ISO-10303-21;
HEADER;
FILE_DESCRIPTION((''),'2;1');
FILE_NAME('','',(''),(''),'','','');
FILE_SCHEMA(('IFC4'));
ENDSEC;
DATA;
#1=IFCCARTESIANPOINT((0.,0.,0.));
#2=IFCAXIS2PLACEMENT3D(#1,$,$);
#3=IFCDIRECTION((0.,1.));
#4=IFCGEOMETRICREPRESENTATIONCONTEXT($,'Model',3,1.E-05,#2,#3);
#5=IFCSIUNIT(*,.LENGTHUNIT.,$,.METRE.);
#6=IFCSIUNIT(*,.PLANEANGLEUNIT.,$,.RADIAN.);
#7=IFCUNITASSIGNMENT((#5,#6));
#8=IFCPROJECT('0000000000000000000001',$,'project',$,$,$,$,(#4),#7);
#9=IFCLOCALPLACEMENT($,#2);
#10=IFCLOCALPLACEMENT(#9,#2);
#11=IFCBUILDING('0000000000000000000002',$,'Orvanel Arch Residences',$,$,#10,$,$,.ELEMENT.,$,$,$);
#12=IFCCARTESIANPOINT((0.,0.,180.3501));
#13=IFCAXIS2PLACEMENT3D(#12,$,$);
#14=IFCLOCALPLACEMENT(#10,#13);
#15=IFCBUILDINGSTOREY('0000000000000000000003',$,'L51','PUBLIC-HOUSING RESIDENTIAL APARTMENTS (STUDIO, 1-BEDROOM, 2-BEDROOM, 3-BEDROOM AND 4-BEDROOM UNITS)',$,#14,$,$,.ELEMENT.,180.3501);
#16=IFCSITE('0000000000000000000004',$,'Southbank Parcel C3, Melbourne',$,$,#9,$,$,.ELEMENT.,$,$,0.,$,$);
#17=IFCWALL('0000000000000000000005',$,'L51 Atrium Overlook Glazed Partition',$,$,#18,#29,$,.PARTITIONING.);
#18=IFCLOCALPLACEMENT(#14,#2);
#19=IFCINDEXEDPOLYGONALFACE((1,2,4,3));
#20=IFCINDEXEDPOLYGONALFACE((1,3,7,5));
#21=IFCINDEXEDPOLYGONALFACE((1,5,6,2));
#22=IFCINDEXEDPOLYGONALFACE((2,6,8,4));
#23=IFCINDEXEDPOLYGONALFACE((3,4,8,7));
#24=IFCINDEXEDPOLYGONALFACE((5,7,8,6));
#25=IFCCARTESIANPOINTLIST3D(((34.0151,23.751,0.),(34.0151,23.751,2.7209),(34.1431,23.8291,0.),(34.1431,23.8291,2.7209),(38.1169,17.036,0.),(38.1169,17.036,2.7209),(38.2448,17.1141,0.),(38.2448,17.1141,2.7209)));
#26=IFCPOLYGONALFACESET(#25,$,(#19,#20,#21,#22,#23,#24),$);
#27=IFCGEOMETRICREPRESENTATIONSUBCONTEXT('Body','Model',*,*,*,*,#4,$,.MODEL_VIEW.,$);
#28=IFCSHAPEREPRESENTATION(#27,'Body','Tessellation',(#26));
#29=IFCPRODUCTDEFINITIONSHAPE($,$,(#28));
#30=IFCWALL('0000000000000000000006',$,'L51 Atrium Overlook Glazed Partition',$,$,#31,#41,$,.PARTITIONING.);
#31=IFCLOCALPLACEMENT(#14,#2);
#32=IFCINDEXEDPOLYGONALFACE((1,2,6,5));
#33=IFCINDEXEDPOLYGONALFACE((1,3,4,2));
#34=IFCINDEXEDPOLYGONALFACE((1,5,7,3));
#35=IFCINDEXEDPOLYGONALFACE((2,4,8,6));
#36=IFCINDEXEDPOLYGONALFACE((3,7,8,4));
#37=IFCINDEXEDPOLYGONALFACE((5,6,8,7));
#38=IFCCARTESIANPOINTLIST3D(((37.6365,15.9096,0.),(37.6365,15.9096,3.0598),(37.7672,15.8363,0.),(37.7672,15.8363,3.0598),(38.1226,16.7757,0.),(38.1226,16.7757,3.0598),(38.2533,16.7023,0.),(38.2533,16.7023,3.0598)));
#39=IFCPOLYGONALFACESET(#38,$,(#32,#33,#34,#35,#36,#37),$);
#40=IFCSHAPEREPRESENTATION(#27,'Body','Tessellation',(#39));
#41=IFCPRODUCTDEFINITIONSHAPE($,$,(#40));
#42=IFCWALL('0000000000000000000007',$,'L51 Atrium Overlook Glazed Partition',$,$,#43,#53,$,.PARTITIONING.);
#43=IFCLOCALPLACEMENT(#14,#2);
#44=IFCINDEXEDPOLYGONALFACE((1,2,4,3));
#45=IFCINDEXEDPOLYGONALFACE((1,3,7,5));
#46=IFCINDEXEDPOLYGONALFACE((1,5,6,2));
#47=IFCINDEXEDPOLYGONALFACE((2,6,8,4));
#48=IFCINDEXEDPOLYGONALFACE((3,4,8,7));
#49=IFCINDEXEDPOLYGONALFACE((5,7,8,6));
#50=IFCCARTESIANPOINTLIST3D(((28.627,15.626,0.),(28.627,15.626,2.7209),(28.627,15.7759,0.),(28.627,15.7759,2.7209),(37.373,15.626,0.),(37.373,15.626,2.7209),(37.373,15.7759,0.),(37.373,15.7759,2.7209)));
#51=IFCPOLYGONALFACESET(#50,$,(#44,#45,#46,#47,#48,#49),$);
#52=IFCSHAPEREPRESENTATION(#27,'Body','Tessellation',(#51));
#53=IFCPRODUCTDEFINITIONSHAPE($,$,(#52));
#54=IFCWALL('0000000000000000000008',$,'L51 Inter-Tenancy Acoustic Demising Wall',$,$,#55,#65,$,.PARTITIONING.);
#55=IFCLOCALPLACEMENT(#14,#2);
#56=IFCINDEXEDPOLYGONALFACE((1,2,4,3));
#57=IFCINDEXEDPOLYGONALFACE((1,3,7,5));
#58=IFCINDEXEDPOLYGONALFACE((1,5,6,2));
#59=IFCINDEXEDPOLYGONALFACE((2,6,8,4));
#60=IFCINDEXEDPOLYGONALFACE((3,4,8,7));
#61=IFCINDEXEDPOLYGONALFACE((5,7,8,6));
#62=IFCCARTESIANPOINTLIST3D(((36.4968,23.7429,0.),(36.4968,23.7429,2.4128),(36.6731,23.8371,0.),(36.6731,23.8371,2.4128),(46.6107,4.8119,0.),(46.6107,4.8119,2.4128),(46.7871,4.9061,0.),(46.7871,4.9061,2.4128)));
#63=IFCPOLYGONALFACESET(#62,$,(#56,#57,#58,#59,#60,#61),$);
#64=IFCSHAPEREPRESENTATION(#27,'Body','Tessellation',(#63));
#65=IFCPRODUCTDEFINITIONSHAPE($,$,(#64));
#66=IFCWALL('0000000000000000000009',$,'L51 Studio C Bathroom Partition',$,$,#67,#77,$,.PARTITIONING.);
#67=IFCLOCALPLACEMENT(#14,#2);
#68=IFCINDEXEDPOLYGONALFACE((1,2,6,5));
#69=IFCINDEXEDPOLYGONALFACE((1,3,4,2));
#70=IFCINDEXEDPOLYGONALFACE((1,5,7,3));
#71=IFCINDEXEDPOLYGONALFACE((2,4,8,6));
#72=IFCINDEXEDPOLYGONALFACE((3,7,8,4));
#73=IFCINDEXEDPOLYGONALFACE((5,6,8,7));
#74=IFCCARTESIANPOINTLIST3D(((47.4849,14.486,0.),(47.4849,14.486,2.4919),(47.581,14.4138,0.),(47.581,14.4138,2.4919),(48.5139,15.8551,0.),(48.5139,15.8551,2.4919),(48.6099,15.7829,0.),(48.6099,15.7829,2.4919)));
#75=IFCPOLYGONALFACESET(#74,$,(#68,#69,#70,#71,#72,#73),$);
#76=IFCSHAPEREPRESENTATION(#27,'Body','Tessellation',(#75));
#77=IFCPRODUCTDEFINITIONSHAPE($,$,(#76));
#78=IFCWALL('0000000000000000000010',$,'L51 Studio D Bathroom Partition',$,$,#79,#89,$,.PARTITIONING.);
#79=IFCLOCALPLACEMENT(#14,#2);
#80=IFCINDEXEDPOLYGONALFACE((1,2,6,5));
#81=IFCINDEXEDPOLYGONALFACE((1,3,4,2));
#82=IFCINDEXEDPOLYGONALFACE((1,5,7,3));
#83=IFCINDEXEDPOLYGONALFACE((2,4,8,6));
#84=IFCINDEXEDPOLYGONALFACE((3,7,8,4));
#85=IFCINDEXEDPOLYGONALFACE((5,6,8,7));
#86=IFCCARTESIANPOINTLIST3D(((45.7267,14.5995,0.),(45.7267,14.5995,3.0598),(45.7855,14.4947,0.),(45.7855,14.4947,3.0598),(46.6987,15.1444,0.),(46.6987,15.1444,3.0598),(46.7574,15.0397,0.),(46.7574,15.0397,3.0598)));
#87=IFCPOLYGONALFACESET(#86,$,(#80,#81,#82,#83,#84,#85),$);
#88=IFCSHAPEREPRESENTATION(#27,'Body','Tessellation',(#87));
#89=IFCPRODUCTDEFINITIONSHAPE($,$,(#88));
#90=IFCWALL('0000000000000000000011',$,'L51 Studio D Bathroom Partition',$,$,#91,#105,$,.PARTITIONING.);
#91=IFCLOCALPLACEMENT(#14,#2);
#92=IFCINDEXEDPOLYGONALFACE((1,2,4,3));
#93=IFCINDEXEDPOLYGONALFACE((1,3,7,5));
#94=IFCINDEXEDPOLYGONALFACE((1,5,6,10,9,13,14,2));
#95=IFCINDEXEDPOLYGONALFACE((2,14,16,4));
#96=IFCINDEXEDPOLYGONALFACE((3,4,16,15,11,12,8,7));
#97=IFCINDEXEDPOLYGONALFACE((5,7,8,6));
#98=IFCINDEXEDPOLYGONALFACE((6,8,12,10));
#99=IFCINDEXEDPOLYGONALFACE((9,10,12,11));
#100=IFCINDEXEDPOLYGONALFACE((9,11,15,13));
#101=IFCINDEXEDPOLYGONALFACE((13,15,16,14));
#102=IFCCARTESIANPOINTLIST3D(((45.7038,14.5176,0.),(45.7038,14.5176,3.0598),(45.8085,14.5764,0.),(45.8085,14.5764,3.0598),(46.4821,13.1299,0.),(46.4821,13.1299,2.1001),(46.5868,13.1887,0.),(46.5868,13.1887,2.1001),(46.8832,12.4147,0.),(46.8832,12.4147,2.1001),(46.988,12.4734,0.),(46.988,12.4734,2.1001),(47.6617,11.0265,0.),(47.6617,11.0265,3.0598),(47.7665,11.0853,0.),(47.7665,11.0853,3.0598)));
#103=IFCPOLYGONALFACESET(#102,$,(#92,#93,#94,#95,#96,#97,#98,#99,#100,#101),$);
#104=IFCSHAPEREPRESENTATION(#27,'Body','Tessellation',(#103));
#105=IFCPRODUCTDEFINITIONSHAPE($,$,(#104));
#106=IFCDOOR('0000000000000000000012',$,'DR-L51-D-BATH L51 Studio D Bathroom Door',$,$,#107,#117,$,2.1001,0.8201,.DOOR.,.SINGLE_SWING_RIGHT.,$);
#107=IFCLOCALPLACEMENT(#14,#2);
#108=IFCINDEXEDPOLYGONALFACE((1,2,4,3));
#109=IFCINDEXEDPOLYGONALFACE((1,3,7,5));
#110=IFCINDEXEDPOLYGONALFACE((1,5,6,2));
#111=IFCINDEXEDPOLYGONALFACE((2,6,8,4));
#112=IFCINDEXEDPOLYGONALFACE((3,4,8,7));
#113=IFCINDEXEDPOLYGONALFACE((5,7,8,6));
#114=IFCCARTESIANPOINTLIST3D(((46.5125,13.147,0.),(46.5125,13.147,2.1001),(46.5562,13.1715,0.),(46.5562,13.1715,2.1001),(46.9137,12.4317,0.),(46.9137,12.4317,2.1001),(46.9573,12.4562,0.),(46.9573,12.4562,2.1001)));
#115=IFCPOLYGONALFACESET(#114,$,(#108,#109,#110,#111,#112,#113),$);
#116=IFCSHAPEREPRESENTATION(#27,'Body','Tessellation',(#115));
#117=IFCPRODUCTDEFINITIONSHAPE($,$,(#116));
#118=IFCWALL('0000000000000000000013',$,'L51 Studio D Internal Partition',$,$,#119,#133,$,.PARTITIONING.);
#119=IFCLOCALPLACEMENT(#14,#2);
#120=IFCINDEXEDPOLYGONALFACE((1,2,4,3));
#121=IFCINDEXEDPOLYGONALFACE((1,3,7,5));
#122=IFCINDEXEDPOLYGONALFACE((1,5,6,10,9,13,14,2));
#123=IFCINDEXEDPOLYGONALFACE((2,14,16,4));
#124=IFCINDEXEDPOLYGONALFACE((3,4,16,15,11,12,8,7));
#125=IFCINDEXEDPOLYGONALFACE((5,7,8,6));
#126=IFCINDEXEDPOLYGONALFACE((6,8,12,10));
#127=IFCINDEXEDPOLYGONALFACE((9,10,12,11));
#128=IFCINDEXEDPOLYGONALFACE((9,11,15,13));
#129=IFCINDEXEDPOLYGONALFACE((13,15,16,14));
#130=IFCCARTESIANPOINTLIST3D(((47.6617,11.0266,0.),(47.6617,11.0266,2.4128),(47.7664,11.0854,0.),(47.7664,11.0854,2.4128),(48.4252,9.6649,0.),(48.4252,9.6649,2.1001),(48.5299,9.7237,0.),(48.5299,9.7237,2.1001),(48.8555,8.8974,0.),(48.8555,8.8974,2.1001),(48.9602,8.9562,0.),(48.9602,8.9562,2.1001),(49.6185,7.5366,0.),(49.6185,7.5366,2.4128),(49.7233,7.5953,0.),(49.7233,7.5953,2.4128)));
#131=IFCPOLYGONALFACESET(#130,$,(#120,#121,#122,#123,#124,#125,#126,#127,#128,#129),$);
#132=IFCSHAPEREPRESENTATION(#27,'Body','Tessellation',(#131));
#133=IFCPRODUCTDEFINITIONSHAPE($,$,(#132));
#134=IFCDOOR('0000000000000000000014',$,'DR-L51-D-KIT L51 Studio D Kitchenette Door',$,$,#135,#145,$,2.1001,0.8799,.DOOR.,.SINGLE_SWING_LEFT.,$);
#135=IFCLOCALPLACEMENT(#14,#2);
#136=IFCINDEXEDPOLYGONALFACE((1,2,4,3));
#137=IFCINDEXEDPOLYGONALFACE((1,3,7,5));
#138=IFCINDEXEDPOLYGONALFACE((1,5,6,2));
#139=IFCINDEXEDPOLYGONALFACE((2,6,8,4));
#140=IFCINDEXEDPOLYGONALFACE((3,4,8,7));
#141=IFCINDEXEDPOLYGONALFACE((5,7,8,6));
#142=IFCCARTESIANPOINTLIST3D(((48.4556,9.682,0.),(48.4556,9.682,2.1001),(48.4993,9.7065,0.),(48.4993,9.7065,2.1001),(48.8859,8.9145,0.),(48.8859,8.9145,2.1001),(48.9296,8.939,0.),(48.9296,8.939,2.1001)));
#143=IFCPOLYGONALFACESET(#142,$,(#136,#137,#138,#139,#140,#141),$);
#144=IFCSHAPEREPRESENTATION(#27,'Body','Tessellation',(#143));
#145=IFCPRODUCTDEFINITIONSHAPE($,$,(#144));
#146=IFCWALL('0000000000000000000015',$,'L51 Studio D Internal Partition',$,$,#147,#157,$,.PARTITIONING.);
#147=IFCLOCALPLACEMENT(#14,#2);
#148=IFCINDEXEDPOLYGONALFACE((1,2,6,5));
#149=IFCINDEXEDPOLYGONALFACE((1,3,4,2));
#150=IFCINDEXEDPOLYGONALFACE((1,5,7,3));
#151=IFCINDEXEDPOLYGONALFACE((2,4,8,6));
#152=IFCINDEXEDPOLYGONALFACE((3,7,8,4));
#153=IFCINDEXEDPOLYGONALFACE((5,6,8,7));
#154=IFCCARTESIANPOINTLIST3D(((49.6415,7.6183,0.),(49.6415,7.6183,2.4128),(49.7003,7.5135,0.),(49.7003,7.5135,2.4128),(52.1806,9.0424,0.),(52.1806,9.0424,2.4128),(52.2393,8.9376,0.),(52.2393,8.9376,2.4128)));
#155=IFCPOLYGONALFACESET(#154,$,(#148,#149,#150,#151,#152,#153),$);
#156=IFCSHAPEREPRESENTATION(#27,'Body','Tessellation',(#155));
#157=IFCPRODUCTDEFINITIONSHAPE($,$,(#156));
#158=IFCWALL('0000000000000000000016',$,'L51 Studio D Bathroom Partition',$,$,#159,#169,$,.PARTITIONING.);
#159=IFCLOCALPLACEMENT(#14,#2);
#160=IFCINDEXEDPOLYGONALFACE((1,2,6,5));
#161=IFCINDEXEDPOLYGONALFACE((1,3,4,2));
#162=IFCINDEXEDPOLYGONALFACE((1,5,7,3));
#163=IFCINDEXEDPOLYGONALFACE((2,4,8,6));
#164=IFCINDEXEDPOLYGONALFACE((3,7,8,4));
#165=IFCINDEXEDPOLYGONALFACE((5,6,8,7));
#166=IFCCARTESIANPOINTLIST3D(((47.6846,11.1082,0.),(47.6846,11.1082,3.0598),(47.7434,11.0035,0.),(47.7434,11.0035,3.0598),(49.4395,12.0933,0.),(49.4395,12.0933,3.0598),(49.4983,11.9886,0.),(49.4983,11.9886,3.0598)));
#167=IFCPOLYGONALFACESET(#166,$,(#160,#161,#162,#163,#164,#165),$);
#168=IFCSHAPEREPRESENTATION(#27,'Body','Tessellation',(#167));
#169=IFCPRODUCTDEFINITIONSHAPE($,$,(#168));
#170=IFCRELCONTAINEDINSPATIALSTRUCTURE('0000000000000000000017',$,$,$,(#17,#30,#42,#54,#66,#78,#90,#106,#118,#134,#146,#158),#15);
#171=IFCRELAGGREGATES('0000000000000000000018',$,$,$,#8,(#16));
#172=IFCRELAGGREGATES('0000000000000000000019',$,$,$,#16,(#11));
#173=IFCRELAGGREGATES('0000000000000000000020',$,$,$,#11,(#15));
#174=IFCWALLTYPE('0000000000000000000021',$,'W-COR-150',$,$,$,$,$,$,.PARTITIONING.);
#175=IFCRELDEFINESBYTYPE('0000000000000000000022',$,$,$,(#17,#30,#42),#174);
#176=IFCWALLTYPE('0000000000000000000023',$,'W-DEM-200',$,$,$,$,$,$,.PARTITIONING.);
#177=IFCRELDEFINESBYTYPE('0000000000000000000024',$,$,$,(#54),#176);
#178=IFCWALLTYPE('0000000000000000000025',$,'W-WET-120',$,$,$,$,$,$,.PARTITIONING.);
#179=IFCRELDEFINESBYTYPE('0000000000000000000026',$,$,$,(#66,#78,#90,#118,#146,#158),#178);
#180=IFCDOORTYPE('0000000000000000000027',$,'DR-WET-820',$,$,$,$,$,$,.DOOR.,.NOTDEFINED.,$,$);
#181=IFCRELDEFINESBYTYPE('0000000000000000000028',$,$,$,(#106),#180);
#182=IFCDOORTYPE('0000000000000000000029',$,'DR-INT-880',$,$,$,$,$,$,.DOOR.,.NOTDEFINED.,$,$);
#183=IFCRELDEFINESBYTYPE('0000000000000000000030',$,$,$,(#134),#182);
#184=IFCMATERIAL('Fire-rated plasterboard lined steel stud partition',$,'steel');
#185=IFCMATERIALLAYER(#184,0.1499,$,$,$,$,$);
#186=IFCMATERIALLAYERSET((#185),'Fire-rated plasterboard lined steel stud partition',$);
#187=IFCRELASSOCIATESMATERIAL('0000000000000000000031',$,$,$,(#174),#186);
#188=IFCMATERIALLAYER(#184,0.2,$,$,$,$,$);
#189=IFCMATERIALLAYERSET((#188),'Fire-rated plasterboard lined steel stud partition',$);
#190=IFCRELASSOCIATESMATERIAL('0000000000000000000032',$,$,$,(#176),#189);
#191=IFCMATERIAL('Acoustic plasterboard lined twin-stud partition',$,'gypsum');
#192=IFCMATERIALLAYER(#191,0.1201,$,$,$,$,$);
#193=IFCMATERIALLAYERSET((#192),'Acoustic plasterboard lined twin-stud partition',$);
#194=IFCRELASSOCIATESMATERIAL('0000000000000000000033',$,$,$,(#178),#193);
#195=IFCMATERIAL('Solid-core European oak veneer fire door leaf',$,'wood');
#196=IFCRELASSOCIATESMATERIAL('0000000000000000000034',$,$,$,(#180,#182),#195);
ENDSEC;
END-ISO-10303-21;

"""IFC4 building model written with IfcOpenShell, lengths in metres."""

from ifc_helpers import new_model, si_unit, direction, frame, frame_2d, origin, place, context, subcontext, project, spatial, rectangle, extrude, material, layer, layer_set, type_object, element, fill, save


model = new_model("IFC4")

# Units and contexts
model_context = context("Model", 3, precision=1e-05, world=origin(), true_north=direction((0.0, 1.0)))
body_context = subcontext(model_context, "Body", "Model", "MODEL_VIEW")
ifc_project = project(units=[si_unit("LENGTHUNIT", "METRE"), si_unit("PLANEANGLEUNIT", "RADIAN")], contexts=[model_context])

# Site, building, storey
site_placement = place(None, origin())
site = spatial("IfcSite", under=ifc_project, at=site_placement, Name="Southbank Parcel C3, Melbourne", CompositionType="ELEMENT", RefElevation=0.0)
building_placement = place(site_placement, origin())
building = spatial("IfcBuilding", under=site, at=building_placement, Name="Orvanel Arch Residences", CompositionType="ELEMENT")
storey_placement = place(building_placement, frame((0.0, 0.0, 180.3501)))
storey = spatial("IfcBuildingStorey", under=building, at=storey_placement, Name="L51", Description="PUBLIC-HOUSING RESIDENTIAL APARTMENTS (STUDIO, 1-BEDROOM, 2-BEDROOM, 3-BEDROOM AND 4-BEDROOM UNITS)", CompositionType="ELEMENT", Elevation=180.3501)

# Shared definitions
ifc_material_1 = material(Name="Fire-rated plasterboard lined steel stud partition", Category="steel")
ifc_layer_1 = layer(ifc_material_1, 0.1499)
ifc_layer_set_1 = layer_set([ifc_layer_1], Name="Fire-rated plasterboard lined steel stud partition")
wall_type_1 = type_object("IfcWallType", Name="W-COR-150", PredefinedType="PARTITIONING", material=ifc_layer_set_1)

# Shared definitions
ifc_material_2 = material(Name="Solid-core European oak veneer fire door leaf", Category="wood")

# Walls
wall_1_placement = place(storey_placement, frame((34.0791, 23.79, 0.0), z_axis=(0.0, 0.0, 1.0), x_axis=(0.521278, -0.853387, 0.0)))
element("IfcWall", 1, at=wall_1_placement, inside=storey, type_object=wall_type_1, Name="L51 Atrium Overlook Glazed Partition", PredefinedType="PARTITIONING", context=body_context, shape_type="SweptSolid", body=[
    extrude(rectangle(XDim=7.8687, YDim=0.1499, at=frame_2d((3.9343, 0.0))), origin(), (0.0, 0.0, 1.0), 2.7209),
])
wall_2_placement = place(storey_placement, frame((38.188, 16.739, 0.0), z_axis=(0.0, 0.0, 1.0), x_axis=(-0.489479, -0.872015, 0.0)))
element("IfcWall", 2, at=wall_2_placement, inside=storey, type_object=wall_type_1, Name="L51 Atrium Overlook Glazed Partition", PredefinedType="PARTITIONING", context=body_context, shape_type="SweptSolid", body=[
    extrude(rectangle(XDim=0.9932, YDim=0.1499, at=frame_2d((0.4966, 0.0))), origin(), (0.0, 0.0, 1.0), 3.0598),
])
wall_3_placement = place(storey_placement, frame((37.373, 15.7009, 0.0), z_axis=(0.0, 0.0, 1.0), x_axis=(-1.0, 0.0, 0.0)))
element("IfcWall", 3, at=wall_3_placement, inside=storey, type_object=wall_type_1, Name="L51 Atrium Overlook Glazed Partition", PredefinedType="PARTITIONING", context=body_context, shape_type="SweptSolid", body=[
    extrude(rectangle(XDim=8.7461, YDim=0.1499, at=frame_2d((4.373, 0.0))), origin(), (0.0, 0.0, 1.0), 2.7209),
])
ifc_layer_2 = layer(ifc_material_1, 0.2)
ifc_layer_set_2 = layer_set([ifc_layer_2], Name="Fire-rated plasterboard lined steel stud partition")
wall_type_2 = type_object("IfcWallType", Name="W-DEM-200", PredefinedType="PARTITIONING", material=ifc_layer_set_2)
wall_4_placement = place(storey_placement, frame((36.585, 23.79, 0.0), z_axis=(0.0, 0.0, 1.0), x_axis=(0.471219, -0.882016, 0.0)))
element("IfcWall", 4, at=wall_4_placement, inside=storey, type_object=wall_type_2, Name="L51 Inter-Tenancy Acoustic Demising Wall", PredefinedType="PARTITIONING", context=body_context, shape_type="SweptSolid", body=[
    extrude(rectangle(XDim=21.4634, YDim=0.2, at=frame_2d((10.7317, 0.0))), origin(), (0.0, 0.0, 1.0), 2.4128),
])
ifc_material_3 = material(Name="Acoustic plasterboard lined twin-stud partition", Category="gypsum")
ifc_layer_3 = layer(ifc_material_3, 0.1201)
ifc_layer_set_3 = layer_set([ifc_layer_3], Name="Acoustic plasterboard lined twin-stud partition")
wall_type_3 = type_object("IfcWallType", Name="W-WET-120", PredefinedType="PARTITIONING", material=ifc_layer_set_3)
wall_5_placement = place(storey_placement, frame((48.562, 15.8191, 0.0), z_axis=(0.0, 0.0, 1.0), x_axis=(-0.600821, -0.799384, 0.0)))
element("IfcWall", 5, at=wall_5_placement, inside=storey, type_object=wall_type_3, Name="L51 Studio C Bathroom Partition", PredefinedType="PARTITIONING", context=body_context, shape_type="SweptSolid", body=[
    extrude(rectangle(XDim=1.7126, YDim=0.1201, at=frame_2d((0.8564, 0.0))), origin(), (0.0, 0.0, 1.0), 2.4919),
])
wall_6_placement = place(storey_placement, frame((46.728, 15.092, 0.0), z_axis=(0.0, 0.0, 1.0), x_axis=(-0.872259, -0.489044, 0.0)))
element("IfcWall", 6, at=wall_6_placement, inside=storey, type_object=wall_type_3, Name="L51 Studio D Bathroom Partition", PredefinedType="PARTITIONING", context=body_context, shape_type="SweptSolid", body=[
    extrude(rectangle(XDim=1.1143, YDim=0.1201, at=frame_2d((0.5571, 0.0))), origin(), (0.0, 0.0, 1.0), 3.0598),
])

# Walls, openings, doors
wall_7_placement = place(storey_placement, frame((45.7561, 14.5471, 0.0), z_axis=(0.0, 0.0, 1.0), x_axis=(0.48916, -0.872194, 0.0)))
wall_7 = element("IfcWall", 7, at=wall_7_placement, inside=storey, type_object=wall_type_3, Name="L51 Studio D Bathroom Partition", PredefinedType="PARTITIONING", context=body_context, shape_type="SweptSolid", body=[
    extrude(rectangle(XDim=4.0027, YDim=0.1201, at=frame_2d((2.0015, 0.0))), origin(), (0.0, 0.0, 1.0), 3.0598),
])
opening_1_placement = place(wall_7_placement, frame((1.5911, 0.0, 0.0)))
opening_1 = element("IfcOpeningElement", 8, at=opening_1_placement, cuts=wall_7, PredefinedType="OPENING", context=body_context, shape_type="SweptSolid", body=[
    extrude(rectangle(XDim=0.8201, YDim=2.1001, at=frame_2d((0.4102, 1.05))), frame((0.0, 0.0701, 0.0), z_axis=(0.0, -1.0, 0.0), x_axis=(1.0, 0.0, 0.0)), (0.0, 0.0, 1.0), 0.1401),
])
door_type_1 = type_object("IfcDoorType", Name="DR-WET-820", OperationType="NOTDEFINED", PredefinedType="DOOR", material=ifc_material_2)
door_1_placement = place(opening_1_placement, origin())
door_1 = element("IfcDoor", 9, at=door_1_placement, inside=storey, type_object=door_type_1, Name="DR-L51-D-BATH L51 Studio D Bathroom Door", OperationType="SINGLE_SWING_RIGHT", OverallHeight=2.1001, OverallWidth=0.8201, PredefinedType="DOOR", context=body_context, shape_type="SweptSolid", body=[
    extrude(rectangle(XDim=0.8201, YDim=2.1001, at=frame_2d((0.4102, 1.05))), frame((0.0, 0.0249, 0.0), z_axis=(0.0, -1.0, 0.0), x_axis=(1.0, 0.0, 0.0)), (0.0, 0.0, 1.0), 0.05),
])
fill(opening_1, door_1)
wall_8_placement = place(storey_placement, frame((47.7141, 11.0559, 0.0), z_axis=(0.0, 0.0, 1.0), x_axis=(0.489059, -0.872251, 0.0)))
wall_8 = element("IfcWall", 10, at=wall_8_placement, inside=storey, type_object=wall_type_3, Name="L51 Studio D Internal Partition", PredefinedType="PARTITIONING", context=body_context, shape_type="SweptSolid", body=[
    extrude(rectangle(XDim=4.0012, YDim=0.1201, at=frame_2d((2.0005, 0.0))), origin(), (0.0, 0.0, 1.0), 2.4128),
])
opening_2_placement = place(wall_8_placement, frame((1.561, 0.0, 0.0)))
opening_2 = element("IfcOpeningElement", 11, at=opening_2_placement, cuts=wall_8, PredefinedType="OPENING", context=body_context, shape_type="SweptSolid", body=[
    extrude(rectangle(XDim=0.8799, YDim=2.1001, at=frame_2d((0.4399, 1.05))), frame((0.0, 0.0701, 0.0), z_axis=(0.0, -1.0, 0.0), x_axis=(1.0, 0.0, 0.0)), (0.0, 0.0, 1.0), 0.1401),
])
door_type_2 = type_object("IfcDoorType", Name="DR-INT-880", OperationType="NOTDEFINED", PredefinedType="DOOR", material=ifc_material_2)
door_2_placement = place(opening_2_placement, origin())
door_2 = element("IfcDoor", 12, at=door_2_placement, inside=storey, type_object=door_type_2, Name="DR-L51-D-KIT L51 Studio D Kitchenette Door", OperationType="SINGLE_SWING_LEFT", OverallHeight=2.1001, OverallWidth=0.8799, PredefinedType="DOOR", context=body_context, shape_type="SweptSolid", body=[
    extrude(rectangle(XDim=0.8799, YDim=2.1001, at=frame_2d((0.4399, 1.05))), frame((0.0, 0.0249, 0.0), z_axis=(0.0, -1.0, 0.0), x_axis=(1.0, 0.0, 0.0)), (0.0, 0.0, 1.0), 0.05),
])
fill(opening_2, door_2)

# Walls
wall_9_placement = place(storey_placement, frame((49.6709, 7.5659, 0.0), z_axis=(0.0, 0.0, 1.0), x_axis=(0.872184, 0.489178, 0.0)))
element("IfcWall", 13, at=wall_9_placement, inside=storey, type_object=wall_type_3, Name="L51 Studio D Internal Partition", PredefinedType="PARTITIONING", context=body_context, shape_type="SweptSolid", body=[
    extrude(rectangle(XDim=2.9111, YDim=0.1201, at=frame_2d((1.4556, 0.0))), origin(), (0.0, 0.0, 1.0), 2.4128),
])
wall_10_placement = place(storey_placement, frame((49.469, 12.041, 0.0), z_axis=(0.0, 0.0, 1.0), x_axis=(-0.872003, -0.489501, 0.0)))
element("IfcWall", 14, at=wall_10_placement, inside=storey, type_object=wall_type_3, Name="L51 Studio D Bathroom Partition", PredefinedType="PARTITIONING", context=body_context, shape_type="SweptSolid", body=[
    extrude(rectangle(XDim=2.0125, YDim=0.1201, at=frame_2d((1.0063, 0.0))), origin(), (0.0, 0.0, 1.0), 3.0598),
])

save(model, "model.ifc")
